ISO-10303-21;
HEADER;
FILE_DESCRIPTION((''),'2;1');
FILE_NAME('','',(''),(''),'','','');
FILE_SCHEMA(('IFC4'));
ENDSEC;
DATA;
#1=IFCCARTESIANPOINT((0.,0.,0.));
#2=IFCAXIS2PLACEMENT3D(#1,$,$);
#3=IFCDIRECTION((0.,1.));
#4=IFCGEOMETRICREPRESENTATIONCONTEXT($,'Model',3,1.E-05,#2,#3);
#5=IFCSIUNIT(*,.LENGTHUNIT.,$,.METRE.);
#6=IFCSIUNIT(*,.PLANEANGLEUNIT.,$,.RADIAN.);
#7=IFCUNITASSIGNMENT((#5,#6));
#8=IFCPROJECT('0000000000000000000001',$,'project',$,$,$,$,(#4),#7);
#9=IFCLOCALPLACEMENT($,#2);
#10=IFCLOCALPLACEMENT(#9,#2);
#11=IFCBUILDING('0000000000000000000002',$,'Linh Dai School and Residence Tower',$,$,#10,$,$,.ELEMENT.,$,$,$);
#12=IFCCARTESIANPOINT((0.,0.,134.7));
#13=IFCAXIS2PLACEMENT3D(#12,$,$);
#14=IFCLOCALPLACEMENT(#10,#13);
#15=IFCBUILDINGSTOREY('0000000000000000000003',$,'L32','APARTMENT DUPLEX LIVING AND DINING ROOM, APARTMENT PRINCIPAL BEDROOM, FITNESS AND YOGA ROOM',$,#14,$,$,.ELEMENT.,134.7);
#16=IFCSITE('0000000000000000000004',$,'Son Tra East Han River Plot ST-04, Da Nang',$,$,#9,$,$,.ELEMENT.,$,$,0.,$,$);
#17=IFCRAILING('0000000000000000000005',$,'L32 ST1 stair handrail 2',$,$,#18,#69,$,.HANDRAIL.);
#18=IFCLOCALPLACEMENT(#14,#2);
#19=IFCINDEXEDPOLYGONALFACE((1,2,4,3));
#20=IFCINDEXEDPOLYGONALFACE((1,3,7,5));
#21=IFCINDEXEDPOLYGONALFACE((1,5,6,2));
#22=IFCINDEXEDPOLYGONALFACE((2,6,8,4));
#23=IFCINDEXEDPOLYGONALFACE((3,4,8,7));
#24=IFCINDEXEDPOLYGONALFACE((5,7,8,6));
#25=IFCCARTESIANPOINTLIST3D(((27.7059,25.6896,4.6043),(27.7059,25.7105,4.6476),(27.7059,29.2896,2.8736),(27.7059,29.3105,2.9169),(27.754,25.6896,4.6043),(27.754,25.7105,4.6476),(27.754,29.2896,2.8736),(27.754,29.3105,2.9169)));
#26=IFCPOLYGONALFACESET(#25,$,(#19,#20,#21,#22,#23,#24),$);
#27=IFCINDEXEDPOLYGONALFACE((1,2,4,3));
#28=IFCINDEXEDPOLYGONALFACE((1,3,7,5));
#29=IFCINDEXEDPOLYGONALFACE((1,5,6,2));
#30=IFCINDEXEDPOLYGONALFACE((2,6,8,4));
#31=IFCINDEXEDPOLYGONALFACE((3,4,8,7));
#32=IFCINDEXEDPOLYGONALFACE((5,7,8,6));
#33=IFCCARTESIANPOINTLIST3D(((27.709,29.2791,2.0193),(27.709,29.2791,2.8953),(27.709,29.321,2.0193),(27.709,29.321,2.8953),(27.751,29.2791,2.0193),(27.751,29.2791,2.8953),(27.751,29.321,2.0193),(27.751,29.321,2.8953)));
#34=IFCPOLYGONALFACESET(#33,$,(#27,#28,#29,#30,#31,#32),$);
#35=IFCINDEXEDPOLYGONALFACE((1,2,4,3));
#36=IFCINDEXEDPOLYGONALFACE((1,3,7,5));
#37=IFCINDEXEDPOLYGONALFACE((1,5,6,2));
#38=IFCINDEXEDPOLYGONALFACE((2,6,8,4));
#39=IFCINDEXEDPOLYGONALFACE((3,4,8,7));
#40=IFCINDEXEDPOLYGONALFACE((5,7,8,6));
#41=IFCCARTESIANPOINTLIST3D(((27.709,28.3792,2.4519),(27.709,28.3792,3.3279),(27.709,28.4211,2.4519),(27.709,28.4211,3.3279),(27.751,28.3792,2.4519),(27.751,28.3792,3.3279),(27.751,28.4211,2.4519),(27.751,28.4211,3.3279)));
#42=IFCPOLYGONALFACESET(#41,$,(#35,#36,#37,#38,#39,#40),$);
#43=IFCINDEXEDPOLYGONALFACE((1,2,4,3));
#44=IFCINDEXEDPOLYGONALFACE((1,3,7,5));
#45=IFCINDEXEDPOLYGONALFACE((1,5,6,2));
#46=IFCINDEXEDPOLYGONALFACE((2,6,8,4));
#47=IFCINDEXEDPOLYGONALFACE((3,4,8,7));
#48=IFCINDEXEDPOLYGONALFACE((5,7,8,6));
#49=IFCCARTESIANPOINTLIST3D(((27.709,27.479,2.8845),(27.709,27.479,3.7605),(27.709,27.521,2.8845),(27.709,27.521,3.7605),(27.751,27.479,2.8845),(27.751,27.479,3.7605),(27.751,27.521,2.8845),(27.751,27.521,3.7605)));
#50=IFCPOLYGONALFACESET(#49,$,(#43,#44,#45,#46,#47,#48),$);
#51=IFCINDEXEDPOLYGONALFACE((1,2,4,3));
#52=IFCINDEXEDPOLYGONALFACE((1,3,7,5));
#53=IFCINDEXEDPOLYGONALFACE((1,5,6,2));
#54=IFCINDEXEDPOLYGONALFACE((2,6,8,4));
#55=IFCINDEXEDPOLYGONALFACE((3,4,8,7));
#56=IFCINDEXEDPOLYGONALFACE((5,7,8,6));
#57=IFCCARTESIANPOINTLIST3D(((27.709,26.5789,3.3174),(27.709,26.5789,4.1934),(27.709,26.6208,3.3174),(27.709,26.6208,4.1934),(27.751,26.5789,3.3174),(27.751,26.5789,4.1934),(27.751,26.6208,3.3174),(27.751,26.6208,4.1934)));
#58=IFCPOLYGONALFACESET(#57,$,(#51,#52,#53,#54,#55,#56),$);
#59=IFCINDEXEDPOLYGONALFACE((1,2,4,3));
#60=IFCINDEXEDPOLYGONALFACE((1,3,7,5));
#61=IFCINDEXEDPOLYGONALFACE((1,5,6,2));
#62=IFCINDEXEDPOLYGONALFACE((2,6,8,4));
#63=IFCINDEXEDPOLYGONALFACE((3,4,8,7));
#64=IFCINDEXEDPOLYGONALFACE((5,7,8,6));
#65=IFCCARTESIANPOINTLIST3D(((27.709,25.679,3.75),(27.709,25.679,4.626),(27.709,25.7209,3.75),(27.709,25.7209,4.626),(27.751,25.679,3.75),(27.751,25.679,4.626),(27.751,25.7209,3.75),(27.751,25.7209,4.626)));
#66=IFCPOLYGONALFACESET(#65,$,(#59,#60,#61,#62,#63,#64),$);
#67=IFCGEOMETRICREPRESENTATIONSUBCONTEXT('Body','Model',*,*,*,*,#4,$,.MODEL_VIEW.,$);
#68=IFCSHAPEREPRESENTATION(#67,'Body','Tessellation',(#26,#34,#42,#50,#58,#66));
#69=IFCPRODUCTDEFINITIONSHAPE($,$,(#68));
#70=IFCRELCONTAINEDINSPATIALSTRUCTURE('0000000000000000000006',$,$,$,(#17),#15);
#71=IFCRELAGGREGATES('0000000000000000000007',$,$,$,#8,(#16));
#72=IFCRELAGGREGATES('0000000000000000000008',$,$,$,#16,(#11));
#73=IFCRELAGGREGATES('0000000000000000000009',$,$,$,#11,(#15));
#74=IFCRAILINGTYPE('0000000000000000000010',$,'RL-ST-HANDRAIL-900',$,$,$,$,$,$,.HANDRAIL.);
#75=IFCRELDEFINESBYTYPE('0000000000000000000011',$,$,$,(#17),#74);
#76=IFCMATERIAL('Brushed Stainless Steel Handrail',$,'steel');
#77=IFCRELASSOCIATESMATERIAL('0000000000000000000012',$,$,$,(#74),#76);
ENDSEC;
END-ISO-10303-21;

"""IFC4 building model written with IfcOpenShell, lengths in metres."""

from ifc_helpers import new_model, si_unit, direction, frame, origin, origin_2d, place, context, subcontext, project, spatial, rectangle, extrude, source, transform, mapped, material, type_object, element, save


model = new_model("IFC4")

# Units and contexts
model_context = context("Model", 3, precision=1e-05, world=origin(), true_north=direction((0.0, 1.0)))
body_context = subcontext(model_context, "Body", "Model", "MODEL_VIEW")
ifc_project = project(units=[si_unit("LENGTHUNIT", "METRE"), si_unit("PLANEANGLEUNIT", "RADIAN")], contexts=[model_context])

# Site, building, storey
site_placement = place(None, origin())
site = spatial("IfcSite", under=ifc_project, at=site_placement, Name="Son Tra East Han River Plot ST-04, Da Nang", CompositionType="ELEMENT", RefElevation=0.0)
building_placement = place(site_placement, origin())
building = spatial("IfcBuilding", under=site, at=building_placement, Name="Linh Dai School and Residence Tower", CompositionType="ELEMENT")
storey_placement = place(building_placement, frame((0.0, 0.0, 134.7)))
storey = spatial("IfcBuildingStorey", under=building, at=storey_placement, Name="L32", Description="APARTMENT DUPLEX LIVING AND DINING ROOM, APARTMENT PRINCIPAL BEDROOM, FITNESS AND YOGA ROOM", CompositionType="ELEMENT", Elevation=134.7)

# Railing
ifc_material_1 = material(Name="Brushed Stainless Steel Handrail", Category="steel")
railing_type_1 = type_object("IfcRailingType", Name="RL-ST-HANDRAIL-900", PredefinedType="HANDRAIL", material=ifc_material_1)
shared_shape_1 = source(origin(), body_context, "Body", "SweptSolid", [
    extrude(rectangle(XDim=0.0481, YDim=0.0481, at=origin_2d()), frame((0.0, 0.0, 0.876), z_axis=(0.0, -0.901263, 0.433273), x_axis=(1.0, 0.0, 0.0)), (0.0, 0.0, 1.0), 3.9944),
    extrude(rectangle(XDim=0.042, YDim=0.042, at=origin_2d()), origin(), (0.0, 0.0, 1.0), 0.876),
    extrude(rectangle(XDim=0.042, YDim=0.042, at=origin_2d()), frame((0.0, -0.8999, 0.4326)), (0.0, 0.0, 1.0), 0.876),
    extrude(rectangle(XDim=0.042, YDim=0.042, at=origin_2d()), frame((0.0, -1.8, 0.8652)), (0.0, 0.0, 1.0), 0.876),
    extrude(rectangle(XDim=0.042, YDim=0.042, at=origin_2d()), frame((0.0, -2.7002, 1.2981)), (0.0, 0.0, 1.0), 0.876),
    extrude(rectangle(XDim=0.042, YDim=0.042, at=origin_2d()), frame((0.0, -3.6001, 1.7307)), (0.0, 0.0, 1.0), 0.876),
])
railing_1_placement = place(storey_placement, frame((27.73, 29.3, 2.0193)))
element("IfcRailing", 1, at=railing_1_placement, inside=storey, type_object=railing_type_1, Name="L32 ST1 stair handrail 2", PredefinedType="HANDRAIL", context=body_context, shape_type="MappedRepresentation", body=[
    mapped(shared_shape_1, transform((0.0, 0.0, 0.0), x_axis=(1.0, 0.0, 0.0), y_axis=(0.0, 1.0, 0.0), z_axis=(0.0, 0.0, 1.0), scale=1.0)),
])

save(model, "model.ifc")
